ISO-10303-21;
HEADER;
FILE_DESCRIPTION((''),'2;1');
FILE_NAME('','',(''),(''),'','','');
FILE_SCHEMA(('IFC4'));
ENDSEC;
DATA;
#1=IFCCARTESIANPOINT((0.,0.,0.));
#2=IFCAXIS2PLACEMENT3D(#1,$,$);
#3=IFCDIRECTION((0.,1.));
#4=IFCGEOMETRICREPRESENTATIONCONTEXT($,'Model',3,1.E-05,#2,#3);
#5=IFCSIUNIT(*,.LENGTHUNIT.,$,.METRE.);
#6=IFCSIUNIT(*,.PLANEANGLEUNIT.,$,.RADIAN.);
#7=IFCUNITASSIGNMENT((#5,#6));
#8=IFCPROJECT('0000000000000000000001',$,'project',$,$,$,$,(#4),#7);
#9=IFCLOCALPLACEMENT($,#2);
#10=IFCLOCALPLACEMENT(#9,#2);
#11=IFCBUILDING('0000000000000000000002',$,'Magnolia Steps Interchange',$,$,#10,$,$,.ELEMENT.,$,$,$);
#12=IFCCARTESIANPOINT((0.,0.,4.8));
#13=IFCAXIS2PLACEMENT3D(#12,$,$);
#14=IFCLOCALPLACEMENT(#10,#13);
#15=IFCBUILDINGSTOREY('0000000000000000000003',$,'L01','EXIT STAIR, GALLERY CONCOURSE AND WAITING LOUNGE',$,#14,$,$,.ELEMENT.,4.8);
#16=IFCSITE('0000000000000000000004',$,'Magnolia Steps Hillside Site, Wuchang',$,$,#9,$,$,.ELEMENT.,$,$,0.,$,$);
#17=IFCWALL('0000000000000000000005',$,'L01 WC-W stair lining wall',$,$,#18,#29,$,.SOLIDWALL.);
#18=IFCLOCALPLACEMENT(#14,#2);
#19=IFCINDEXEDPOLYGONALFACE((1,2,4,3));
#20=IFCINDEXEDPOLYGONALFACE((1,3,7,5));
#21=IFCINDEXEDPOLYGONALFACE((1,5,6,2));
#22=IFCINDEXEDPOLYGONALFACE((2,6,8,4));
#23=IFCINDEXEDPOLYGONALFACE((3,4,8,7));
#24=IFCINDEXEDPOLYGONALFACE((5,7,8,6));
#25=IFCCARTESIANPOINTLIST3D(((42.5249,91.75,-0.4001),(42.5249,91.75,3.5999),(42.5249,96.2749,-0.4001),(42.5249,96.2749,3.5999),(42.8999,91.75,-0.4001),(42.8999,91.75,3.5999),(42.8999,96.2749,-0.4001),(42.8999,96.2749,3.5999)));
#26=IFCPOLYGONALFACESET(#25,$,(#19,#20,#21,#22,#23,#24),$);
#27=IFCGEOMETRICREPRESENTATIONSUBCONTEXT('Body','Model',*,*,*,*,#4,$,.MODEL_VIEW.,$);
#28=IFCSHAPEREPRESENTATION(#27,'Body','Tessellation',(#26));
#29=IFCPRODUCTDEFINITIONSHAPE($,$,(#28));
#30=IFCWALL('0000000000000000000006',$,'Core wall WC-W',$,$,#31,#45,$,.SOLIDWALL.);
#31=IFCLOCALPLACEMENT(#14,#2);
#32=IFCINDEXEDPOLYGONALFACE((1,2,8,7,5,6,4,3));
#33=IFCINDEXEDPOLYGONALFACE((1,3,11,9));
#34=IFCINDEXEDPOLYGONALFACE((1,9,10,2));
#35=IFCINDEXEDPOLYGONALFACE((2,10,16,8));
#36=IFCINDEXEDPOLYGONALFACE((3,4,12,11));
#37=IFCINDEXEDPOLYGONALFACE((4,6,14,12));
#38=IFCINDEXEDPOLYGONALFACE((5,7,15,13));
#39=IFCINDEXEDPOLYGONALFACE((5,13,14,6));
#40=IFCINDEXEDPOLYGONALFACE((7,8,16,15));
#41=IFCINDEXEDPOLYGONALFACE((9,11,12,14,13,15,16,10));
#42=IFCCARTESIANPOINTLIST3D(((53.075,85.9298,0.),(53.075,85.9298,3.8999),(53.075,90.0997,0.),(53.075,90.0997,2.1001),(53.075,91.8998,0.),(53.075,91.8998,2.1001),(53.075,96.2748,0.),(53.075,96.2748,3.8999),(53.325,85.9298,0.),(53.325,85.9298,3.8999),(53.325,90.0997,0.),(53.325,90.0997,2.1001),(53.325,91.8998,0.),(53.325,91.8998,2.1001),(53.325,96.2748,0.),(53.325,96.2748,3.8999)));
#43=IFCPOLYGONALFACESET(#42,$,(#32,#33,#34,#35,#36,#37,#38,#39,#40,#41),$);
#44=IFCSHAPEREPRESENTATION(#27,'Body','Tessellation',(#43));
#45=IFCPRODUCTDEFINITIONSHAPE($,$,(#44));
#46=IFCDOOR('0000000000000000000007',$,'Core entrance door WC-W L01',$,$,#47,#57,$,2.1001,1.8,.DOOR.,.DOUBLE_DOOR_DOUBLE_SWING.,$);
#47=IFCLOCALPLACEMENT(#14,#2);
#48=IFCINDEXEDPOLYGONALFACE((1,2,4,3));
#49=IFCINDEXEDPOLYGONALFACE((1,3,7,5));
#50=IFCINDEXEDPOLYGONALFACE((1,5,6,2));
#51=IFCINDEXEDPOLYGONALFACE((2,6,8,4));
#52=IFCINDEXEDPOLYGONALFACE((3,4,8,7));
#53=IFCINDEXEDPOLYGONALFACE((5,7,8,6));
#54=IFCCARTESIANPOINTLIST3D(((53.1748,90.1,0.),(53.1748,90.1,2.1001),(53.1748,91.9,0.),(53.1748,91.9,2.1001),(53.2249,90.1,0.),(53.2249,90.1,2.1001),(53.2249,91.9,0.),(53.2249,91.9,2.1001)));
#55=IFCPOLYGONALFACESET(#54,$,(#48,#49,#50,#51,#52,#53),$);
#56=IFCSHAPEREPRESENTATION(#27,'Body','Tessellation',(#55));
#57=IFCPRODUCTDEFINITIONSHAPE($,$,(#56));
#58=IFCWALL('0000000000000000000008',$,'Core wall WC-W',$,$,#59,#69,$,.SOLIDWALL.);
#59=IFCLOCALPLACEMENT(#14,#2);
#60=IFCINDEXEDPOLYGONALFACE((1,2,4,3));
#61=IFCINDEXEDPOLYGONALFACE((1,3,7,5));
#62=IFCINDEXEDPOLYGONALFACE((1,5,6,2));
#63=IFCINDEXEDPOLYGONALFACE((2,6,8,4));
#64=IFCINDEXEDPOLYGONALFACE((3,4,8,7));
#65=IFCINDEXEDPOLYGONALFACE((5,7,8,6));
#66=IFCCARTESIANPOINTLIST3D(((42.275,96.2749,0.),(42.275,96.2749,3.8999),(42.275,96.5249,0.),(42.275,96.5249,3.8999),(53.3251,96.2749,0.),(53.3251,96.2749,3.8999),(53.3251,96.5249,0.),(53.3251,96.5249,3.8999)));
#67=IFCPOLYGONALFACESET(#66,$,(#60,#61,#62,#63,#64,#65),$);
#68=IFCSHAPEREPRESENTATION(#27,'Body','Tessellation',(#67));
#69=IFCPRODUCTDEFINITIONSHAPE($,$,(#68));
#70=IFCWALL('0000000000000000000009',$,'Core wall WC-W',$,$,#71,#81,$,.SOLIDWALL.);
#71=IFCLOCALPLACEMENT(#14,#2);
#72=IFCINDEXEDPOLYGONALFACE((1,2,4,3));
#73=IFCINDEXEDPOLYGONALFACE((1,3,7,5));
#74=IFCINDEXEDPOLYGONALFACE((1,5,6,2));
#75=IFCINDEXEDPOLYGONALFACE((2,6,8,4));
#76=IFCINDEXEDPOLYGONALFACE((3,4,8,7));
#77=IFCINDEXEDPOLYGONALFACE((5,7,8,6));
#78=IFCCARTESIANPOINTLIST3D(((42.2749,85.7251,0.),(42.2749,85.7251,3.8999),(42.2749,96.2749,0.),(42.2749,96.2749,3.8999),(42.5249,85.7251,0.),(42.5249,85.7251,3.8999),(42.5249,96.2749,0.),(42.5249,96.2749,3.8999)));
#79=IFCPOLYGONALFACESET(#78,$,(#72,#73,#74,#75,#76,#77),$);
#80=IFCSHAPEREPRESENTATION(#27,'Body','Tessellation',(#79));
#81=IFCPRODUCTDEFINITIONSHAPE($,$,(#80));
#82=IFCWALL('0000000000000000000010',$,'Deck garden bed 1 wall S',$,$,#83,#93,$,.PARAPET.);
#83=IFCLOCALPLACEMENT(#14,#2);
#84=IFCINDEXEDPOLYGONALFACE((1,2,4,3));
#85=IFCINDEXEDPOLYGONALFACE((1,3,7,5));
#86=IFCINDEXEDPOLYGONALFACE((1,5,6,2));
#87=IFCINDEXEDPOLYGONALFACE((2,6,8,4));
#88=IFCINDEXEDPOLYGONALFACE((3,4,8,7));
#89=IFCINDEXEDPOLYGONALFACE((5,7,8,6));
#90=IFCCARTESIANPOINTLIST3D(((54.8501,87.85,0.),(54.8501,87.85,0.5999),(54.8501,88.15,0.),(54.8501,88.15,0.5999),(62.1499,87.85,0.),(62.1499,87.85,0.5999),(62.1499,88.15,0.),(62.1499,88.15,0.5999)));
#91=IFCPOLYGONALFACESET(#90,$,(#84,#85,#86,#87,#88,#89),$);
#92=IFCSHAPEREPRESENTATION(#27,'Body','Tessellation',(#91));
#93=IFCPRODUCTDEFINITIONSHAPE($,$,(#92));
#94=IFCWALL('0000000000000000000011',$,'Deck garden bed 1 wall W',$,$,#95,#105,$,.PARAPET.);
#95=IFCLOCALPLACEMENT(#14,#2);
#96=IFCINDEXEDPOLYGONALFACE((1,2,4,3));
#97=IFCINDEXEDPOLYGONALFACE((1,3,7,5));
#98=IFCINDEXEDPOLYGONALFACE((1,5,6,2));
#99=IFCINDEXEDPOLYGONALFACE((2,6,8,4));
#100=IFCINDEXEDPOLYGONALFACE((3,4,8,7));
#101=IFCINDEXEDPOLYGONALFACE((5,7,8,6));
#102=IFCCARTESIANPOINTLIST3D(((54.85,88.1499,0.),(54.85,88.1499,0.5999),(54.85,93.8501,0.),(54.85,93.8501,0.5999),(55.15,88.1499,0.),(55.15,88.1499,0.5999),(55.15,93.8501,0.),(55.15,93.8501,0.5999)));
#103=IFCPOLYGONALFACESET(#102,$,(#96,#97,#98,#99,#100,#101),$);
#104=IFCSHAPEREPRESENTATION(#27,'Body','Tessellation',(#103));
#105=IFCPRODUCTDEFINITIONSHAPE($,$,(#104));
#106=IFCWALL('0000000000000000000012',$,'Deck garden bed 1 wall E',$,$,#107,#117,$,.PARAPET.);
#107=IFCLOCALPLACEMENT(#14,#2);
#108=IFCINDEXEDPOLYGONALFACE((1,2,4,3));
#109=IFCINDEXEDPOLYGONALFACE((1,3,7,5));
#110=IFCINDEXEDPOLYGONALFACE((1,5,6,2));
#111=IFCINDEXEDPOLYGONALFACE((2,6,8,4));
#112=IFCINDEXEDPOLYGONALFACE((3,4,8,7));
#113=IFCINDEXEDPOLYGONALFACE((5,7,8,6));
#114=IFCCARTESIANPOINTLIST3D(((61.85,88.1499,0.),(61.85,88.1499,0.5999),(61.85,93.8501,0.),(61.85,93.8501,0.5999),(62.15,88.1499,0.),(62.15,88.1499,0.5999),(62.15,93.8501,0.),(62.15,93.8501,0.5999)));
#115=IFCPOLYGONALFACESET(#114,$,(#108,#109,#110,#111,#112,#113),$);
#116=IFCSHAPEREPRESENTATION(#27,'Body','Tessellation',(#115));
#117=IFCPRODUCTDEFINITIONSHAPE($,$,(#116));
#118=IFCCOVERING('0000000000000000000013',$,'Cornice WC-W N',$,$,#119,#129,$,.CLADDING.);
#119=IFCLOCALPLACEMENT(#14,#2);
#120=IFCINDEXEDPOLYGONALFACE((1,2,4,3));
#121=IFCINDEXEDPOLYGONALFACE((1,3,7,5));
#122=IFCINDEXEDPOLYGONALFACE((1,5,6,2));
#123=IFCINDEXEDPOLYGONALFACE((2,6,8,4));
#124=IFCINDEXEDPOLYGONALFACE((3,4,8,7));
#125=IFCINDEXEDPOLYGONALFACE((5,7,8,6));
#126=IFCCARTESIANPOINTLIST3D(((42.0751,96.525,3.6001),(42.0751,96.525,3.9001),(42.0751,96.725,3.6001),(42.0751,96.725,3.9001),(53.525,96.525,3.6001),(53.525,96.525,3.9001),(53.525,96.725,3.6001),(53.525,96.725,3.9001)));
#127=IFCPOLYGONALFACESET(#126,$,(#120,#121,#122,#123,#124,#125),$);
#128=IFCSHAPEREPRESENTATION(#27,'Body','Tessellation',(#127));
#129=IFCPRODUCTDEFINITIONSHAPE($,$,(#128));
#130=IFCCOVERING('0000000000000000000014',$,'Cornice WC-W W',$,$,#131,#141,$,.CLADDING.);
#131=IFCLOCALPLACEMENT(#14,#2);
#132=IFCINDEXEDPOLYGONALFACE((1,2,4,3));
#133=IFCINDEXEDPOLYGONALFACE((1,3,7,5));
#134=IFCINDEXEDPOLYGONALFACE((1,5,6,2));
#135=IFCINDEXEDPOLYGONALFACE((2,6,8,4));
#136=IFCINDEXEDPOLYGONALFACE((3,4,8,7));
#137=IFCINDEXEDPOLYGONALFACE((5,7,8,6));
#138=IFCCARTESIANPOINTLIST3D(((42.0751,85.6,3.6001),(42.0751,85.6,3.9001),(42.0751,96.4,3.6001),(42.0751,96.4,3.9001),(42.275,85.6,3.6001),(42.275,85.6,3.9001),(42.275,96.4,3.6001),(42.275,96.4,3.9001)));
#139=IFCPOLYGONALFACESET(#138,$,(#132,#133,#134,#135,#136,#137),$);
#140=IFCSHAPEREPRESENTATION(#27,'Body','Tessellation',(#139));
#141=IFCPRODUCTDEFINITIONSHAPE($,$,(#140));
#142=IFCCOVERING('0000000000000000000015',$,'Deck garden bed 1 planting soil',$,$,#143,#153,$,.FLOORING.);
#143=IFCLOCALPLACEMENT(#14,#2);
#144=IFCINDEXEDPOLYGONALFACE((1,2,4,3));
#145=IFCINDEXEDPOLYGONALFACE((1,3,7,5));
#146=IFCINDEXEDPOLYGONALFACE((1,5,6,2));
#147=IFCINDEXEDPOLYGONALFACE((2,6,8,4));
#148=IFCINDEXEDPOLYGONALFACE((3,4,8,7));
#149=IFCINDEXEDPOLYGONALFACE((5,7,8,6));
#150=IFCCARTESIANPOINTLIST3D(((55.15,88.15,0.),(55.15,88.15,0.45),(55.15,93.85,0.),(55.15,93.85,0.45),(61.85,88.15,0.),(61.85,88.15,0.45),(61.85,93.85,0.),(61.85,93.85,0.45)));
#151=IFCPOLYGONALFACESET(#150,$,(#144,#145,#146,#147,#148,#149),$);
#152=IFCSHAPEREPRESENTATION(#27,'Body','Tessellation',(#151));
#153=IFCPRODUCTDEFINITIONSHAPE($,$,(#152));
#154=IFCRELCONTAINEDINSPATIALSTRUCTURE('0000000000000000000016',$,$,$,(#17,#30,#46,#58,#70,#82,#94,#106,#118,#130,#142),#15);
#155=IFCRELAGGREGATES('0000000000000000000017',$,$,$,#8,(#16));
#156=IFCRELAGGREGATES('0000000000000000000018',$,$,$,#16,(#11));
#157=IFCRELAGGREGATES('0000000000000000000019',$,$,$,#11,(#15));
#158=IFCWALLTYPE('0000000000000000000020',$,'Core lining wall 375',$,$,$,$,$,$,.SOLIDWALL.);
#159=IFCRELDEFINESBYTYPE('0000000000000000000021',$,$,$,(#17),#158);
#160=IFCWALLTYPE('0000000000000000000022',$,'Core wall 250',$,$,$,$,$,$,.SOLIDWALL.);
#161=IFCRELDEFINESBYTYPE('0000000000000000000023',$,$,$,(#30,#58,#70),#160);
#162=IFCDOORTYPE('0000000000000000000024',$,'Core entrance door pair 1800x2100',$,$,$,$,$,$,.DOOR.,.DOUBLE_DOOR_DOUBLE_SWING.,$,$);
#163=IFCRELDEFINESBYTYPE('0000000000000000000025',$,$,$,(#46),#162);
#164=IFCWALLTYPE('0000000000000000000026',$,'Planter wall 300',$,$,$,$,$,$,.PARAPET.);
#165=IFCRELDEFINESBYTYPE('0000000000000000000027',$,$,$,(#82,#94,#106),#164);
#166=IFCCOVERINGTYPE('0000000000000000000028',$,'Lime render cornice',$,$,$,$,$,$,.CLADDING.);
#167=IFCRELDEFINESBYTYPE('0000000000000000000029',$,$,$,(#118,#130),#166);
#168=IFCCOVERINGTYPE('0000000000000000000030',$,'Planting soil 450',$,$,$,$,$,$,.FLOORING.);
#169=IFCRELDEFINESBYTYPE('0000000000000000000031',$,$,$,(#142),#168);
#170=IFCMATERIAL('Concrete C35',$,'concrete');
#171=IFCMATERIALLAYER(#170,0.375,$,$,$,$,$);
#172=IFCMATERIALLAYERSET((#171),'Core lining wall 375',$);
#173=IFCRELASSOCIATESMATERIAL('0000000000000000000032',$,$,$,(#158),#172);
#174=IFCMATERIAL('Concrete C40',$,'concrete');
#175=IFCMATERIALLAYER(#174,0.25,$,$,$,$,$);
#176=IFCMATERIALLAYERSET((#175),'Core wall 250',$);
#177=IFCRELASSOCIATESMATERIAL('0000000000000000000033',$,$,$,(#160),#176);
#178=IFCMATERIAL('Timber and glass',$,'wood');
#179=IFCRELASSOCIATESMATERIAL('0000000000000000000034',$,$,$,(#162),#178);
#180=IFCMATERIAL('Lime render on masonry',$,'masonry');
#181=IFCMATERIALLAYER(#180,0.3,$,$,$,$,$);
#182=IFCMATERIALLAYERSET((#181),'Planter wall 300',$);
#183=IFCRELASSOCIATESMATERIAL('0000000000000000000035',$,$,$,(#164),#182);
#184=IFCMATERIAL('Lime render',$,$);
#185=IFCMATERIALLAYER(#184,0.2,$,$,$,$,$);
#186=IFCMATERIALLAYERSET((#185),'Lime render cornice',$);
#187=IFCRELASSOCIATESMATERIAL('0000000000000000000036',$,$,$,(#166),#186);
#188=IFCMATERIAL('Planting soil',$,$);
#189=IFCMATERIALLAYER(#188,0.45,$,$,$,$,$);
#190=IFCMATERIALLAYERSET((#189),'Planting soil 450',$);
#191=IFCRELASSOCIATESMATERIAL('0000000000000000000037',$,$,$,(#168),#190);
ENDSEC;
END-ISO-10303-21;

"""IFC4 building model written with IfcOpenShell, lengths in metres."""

from ifc_helpers import new_model, si_unit, direction, frame, frame_2d, origin, origin_2d, place, context, subcontext, project, spatial, rectangle, extrude, material, layer, layer_set, type_object, element, fill, save


model = new_model("IFC4")

# Units and contexts
model_context = context("Model", 3, precision=1e-05, world=origin(), true_north=direction((0.0, 1.0)))
body_context = subcontext(model_context, "Body", "Model", "MODEL_VIEW")
ifc_project = project(units=[si_unit("LENGTHUNIT", "METRE"), si_unit("PLANEANGLEUNIT", "RADIAN")], contexts=[model_context])

# Site, building, storey
site_placement = place(None, origin())
site = spatial("IfcSite", under=ifc_project, at=site_placement, Name="Magnolia Steps Hillside Site, Wuchang", CompositionType="ELEMENT", RefElevation=0.0)
building_placement = place(site_placement, origin())
building = spatial("IfcBuilding", under=site, at=building_placement, Name="Magnolia Steps Interchange", CompositionType="ELEMENT")
storey_placement = place(building_placement, frame((0.0, 0.0, 4.8)))
storey = spatial("IfcBuildingStorey", under=building, at=storey_placement, Name="L01", Description="EXIT STAIR, GALLERY CONCOURSE AND WAITING LOUNGE", CompositionType="ELEMENT", Elevation=4.8)

# Wall
ifc_material_1 = material(Name="Concrete C35", Category="concrete")
ifc_layer_1 = layer(ifc_material_1, 0.375)
ifc_layer_set_1 = layer_set([ifc_layer_1], Name="Core lining wall 375")
wall_type_1 = type_object("IfcWallType", Name="Core lining wall 375", PredefinedType="SOLIDWALL", material=ifc_layer_set_1)
wall_1_placement = place(storey_placement, frame((42.7124, 91.75, -0.4001), z_axis=(0.0, 0.0, 1.0), x_axis=(0.0, 1.0, 0.0)))
element("IfcWall", 1, at=wall_1_placement, inside=storey, type_object=wall_type_1, Name="L01 WC-W stair lining wall", PredefinedType="SOLIDWALL", context=body_context, shape_type="SweptSolid", body=[
    extrude(rectangle(XDim=4.5249, YDim=0.375, at=frame_2d((2.2625, 0.0))), origin(), (0.0, 0.0, 1.0), 4.0),
])

# Wall, opening, door
ifc_material_2 = material(Name="Concrete C40", Category="concrete")
ifc_layer_2 = layer(ifc_material_2, 0.25)
ifc_layer_set_2 = layer_set([ifc_layer_2], Name="Core wall 250")
wall_type_2 = type_object("IfcWallType", Name="Core wall 250", PredefinedType="SOLIDWALL", material=ifc_layer_set_2)
wall_2_placement = place(storey_placement, frame((53.2, 85.9299, 0.0), z_axis=(0.0, 0.0, 1.0), x_axis=(0.0, 1.0, 0.0)))
wall_2 = element("IfcWall", 2, at=wall_2_placement, inside=storey, type_object=wall_type_2, Name="Core wall WC-W", PredefinedType="SOLIDWALL", context=body_context, shape_type="SweptSolid", body=[
    extrude(rectangle(XDim=10.345, YDim=0.25, at=frame_2d((5.1724, 0.0))), origin(), (0.0, 0.0, 1.0), 3.8999),
])
opening_1_placement = place(wall_2_placement, frame((4.1699, 0.0, 0.0)))
opening_1 = element("IfcOpeningElement", 3, at=opening_1_placement, cuts=wall_2, PredefinedType="OPENING", context=body_context, shape_type="SweptSolid", body=[
    extrude(rectangle(XDim=1.8, YDim=2.1001, at=frame_2d((0.8999, 1.05))), frame((0.0, 0.135, 0.0), z_axis=(0.0, -1.0, 0.0), x_axis=(1.0, 0.0, 0.0)), (0.0, 0.0, 1.0), 0.27),
])
ifc_material_3 = material(Name="Timber and glass", Category="wood")
door_type_1 = type_object("IfcDoorType", Name="Core entrance door pair 1800x2100", OperationType="DOUBLE_DOOR_DOUBLE_SWING", PredefinedType="DOOR", material=ifc_material_3)
door_1_placement = place(opening_1_placement, frame((1.8, 0.0, 0.0), z_axis=(0.0, 0.0, 1.0), x_axis=(-1.0, 0.0, 0.0)))
door_1 = element("IfcDoor", 4, at=door_1_placement, inside=storey, type_object=door_type_1, Name="Core entrance door WC-W L01", OperationType="DOUBLE_DOOR_DOUBLE_SWING", OverallHeight=2.1001, OverallWidth=1.8, PredefinedType="DOOR", context=body_context, shape_type="SweptSolid", body=[
    extrude(rectangle(XDim=1.8, YDim=2.1001, at=frame_2d((0.8999, 1.05))), frame((0.0, 0.0249, 0.0), z_axis=(0.0, -1.0, 0.0), x_axis=(1.0, 0.0, 0.0)), (0.0, 0.0, 1.0), 0.05),
])
fill(opening_1, door_1)

# Walls
wall_3_placement = place(storey_placement, frame((53.325, 96.3999, 0.0), z_axis=(0.0, 0.0, 1.0), x_axis=(-1.0, 0.0, 0.0)))
element("IfcWall", 5, at=wall_3_placement, inside=storey, type_object=wall_type_2, Name="Core wall WC-W", PredefinedType="SOLIDWALL", context=body_context, shape_type="SweptSolid", body=[
    extrude(rectangle(XDim=11.05, YDim=0.25, at=frame_2d((5.5249, 0.0))), origin(), (0.0, 0.0, 1.0), 3.8999),
])
wall_4_placement = place(storey_placement, frame((42.3999, 96.2749, 0.0), z_axis=(0.0, 0.0, 1.0), x_axis=(0.0, -1.0, 0.0)))
element("IfcWall", 6, at=wall_4_placement, inside=storey, type_object=wall_type_2, Name="Core wall WC-W", PredefinedType="SOLIDWALL", context=body_context, shape_type="SweptSolid", body=[
    extrude(rectangle(XDim=10.5498, YDim=0.25, at=frame_2d((5.2749, 0.0))), origin(), (0.0, 0.0, 1.0), 3.8999),
])
ifc_material_4 = material(Name="Lime render on masonry", Category="masonry")
ifc_layer_3 = layer(ifc_material_4, 0.3)
ifc_layer_set_3 = layer_set([ifc_layer_3], Name="Planter wall 300")
wall_type_3 = type_object("IfcWallType", Name="Planter wall 300", PredefinedType="PARAPET", material=ifc_layer_set_3)
wall_5_placement = place(storey_placement, frame((54.8501, 88.0, 0.0), z_axis=(0.0, 0.0, 1.0), x_axis=(1.0, 0.0, 0.0)))
element("IfcWall", 7, at=wall_5_placement, inside=storey, type_object=wall_type_3, Name="Deck garden bed 1 wall S", PredefinedType="PARAPET", context=body_context, shape_type="SweptSolid", body=[
    extrude(rectangle(XDim=7.2998, YDim=0.3, at=frame_2d((3.6499, 0.0))), origin(), (0.0, 0.0, 1.0), 0.5999),
])
for number, where, z_axis, x_axis, name in (
    (8, (55.0, 93.8501, 0.0), (0.0, 0.0, 1.0), (0.0, -1.0, 0.0), "Deck garden bed 1 wall W"),
    (9, (62.0, 88.1499, 0.0), (0.0, 0.0, 1.0), (0.0, 1.0, 0.0), "Deck garden bed 1 wall E"),
):
    element("IfcWall", number, at=place(storey_placement, frame(where, z_axis=z_axis, x_axis=x_axis)), inside=storey, type_object=wall_type_3, Name=name, PredefinedType="PARAPET", context=body_context, shape_type="SweptSolid", body=[
        extrude(rectangle(XDim=5.7002, YDim=0.3, at=frame_2d((2.8501, 0.0))), origin(), (0.0, 0.0, 1.0), 0.5999),
    ])

# Coverings
ifc_material_5 = material(Name="Lime render")
ifc_layer_4 = layer(ifc_material_5, 0.2)
ifc_layer_set_4 = layer_set([ifc_layer_4], Name="Lime render cornice")
covering_type_1 = type_object("IfcCoveringType", Name="Lime render cornice", PredefinedType="CLADDING", material=ifc_layer_set_4)
covering_1_placement = place(storey_placement, frame((47.8, 96.625, 3.6001), z_axis=(0.0, 0.0, 1.0), x_axis=(1.0, 0.0, 0.0)))
element("IfcCovering", 10, at=covering_1_placement, inside=storey, type_object=covering_type_1, Name="Cornice WC-W N", PredefinedType="CLADDING", context=body_context, shape_type="SweptSolid", body=[
    extrude(rectangle(XDim=11.45, YDim=0.2, at=origin_2d()), origin(), (0.0, 0.0, 1.0), 0.3),
])
covering_2_placement = place(storey_placement, frame((42.175, 91.0, 3.6001), z_axis=(0.0, 0.0, 1.0), x_axis=(1.0, 0.0, 0.0)))
element("IfcCovering", 11, at=covering_2_placement, inside=storey, type_object=covering_type_1, Name="Cornice WC-W W", PredefinedType="CLADDING", context=body_context, shape_type="SweptSolid", body=[
    extrude(rectangle(XDim=0.2, YDim=10.8, at=origin_2d()), origin(), (0.0, 0.0, 1.0), 0.3),
])
ifc_material_6 = material(Name="Planting soil")
ifc_layer_5 = layer(ifc_material_6, 0.45)
ifc_layer_set_5 = layer_set([ifc_layer_5], Name="Planting soil 450")
covering_type_2 = type_object("IfcCoveringType", Name="Planting soil 450", PredefinedType="FLOORING", material=ifc_layer_set_5)
covering_3_placement = place(storey_placement, frame((58.5, 91.0, 0.0), z_axis=(0.0, 0.0, 1.0), x_axis=(1.0, 0.0, 0.0)))
element("IfcCovering", 12, at=covering_3_placement, inside=storey, type_object=covering_type_2, Name="Deck garden bed 1 planting soil", PredefinedType="FLOORING", context=body_context, shape_type="SweptSolid", body=[
    extrude(rectangle(XDim=6.7, YDim=5.7, at=origin_2d()), origin(), (0.0, 0.0, 1.0), 0.45),
])

save(model, "model.ifc")
